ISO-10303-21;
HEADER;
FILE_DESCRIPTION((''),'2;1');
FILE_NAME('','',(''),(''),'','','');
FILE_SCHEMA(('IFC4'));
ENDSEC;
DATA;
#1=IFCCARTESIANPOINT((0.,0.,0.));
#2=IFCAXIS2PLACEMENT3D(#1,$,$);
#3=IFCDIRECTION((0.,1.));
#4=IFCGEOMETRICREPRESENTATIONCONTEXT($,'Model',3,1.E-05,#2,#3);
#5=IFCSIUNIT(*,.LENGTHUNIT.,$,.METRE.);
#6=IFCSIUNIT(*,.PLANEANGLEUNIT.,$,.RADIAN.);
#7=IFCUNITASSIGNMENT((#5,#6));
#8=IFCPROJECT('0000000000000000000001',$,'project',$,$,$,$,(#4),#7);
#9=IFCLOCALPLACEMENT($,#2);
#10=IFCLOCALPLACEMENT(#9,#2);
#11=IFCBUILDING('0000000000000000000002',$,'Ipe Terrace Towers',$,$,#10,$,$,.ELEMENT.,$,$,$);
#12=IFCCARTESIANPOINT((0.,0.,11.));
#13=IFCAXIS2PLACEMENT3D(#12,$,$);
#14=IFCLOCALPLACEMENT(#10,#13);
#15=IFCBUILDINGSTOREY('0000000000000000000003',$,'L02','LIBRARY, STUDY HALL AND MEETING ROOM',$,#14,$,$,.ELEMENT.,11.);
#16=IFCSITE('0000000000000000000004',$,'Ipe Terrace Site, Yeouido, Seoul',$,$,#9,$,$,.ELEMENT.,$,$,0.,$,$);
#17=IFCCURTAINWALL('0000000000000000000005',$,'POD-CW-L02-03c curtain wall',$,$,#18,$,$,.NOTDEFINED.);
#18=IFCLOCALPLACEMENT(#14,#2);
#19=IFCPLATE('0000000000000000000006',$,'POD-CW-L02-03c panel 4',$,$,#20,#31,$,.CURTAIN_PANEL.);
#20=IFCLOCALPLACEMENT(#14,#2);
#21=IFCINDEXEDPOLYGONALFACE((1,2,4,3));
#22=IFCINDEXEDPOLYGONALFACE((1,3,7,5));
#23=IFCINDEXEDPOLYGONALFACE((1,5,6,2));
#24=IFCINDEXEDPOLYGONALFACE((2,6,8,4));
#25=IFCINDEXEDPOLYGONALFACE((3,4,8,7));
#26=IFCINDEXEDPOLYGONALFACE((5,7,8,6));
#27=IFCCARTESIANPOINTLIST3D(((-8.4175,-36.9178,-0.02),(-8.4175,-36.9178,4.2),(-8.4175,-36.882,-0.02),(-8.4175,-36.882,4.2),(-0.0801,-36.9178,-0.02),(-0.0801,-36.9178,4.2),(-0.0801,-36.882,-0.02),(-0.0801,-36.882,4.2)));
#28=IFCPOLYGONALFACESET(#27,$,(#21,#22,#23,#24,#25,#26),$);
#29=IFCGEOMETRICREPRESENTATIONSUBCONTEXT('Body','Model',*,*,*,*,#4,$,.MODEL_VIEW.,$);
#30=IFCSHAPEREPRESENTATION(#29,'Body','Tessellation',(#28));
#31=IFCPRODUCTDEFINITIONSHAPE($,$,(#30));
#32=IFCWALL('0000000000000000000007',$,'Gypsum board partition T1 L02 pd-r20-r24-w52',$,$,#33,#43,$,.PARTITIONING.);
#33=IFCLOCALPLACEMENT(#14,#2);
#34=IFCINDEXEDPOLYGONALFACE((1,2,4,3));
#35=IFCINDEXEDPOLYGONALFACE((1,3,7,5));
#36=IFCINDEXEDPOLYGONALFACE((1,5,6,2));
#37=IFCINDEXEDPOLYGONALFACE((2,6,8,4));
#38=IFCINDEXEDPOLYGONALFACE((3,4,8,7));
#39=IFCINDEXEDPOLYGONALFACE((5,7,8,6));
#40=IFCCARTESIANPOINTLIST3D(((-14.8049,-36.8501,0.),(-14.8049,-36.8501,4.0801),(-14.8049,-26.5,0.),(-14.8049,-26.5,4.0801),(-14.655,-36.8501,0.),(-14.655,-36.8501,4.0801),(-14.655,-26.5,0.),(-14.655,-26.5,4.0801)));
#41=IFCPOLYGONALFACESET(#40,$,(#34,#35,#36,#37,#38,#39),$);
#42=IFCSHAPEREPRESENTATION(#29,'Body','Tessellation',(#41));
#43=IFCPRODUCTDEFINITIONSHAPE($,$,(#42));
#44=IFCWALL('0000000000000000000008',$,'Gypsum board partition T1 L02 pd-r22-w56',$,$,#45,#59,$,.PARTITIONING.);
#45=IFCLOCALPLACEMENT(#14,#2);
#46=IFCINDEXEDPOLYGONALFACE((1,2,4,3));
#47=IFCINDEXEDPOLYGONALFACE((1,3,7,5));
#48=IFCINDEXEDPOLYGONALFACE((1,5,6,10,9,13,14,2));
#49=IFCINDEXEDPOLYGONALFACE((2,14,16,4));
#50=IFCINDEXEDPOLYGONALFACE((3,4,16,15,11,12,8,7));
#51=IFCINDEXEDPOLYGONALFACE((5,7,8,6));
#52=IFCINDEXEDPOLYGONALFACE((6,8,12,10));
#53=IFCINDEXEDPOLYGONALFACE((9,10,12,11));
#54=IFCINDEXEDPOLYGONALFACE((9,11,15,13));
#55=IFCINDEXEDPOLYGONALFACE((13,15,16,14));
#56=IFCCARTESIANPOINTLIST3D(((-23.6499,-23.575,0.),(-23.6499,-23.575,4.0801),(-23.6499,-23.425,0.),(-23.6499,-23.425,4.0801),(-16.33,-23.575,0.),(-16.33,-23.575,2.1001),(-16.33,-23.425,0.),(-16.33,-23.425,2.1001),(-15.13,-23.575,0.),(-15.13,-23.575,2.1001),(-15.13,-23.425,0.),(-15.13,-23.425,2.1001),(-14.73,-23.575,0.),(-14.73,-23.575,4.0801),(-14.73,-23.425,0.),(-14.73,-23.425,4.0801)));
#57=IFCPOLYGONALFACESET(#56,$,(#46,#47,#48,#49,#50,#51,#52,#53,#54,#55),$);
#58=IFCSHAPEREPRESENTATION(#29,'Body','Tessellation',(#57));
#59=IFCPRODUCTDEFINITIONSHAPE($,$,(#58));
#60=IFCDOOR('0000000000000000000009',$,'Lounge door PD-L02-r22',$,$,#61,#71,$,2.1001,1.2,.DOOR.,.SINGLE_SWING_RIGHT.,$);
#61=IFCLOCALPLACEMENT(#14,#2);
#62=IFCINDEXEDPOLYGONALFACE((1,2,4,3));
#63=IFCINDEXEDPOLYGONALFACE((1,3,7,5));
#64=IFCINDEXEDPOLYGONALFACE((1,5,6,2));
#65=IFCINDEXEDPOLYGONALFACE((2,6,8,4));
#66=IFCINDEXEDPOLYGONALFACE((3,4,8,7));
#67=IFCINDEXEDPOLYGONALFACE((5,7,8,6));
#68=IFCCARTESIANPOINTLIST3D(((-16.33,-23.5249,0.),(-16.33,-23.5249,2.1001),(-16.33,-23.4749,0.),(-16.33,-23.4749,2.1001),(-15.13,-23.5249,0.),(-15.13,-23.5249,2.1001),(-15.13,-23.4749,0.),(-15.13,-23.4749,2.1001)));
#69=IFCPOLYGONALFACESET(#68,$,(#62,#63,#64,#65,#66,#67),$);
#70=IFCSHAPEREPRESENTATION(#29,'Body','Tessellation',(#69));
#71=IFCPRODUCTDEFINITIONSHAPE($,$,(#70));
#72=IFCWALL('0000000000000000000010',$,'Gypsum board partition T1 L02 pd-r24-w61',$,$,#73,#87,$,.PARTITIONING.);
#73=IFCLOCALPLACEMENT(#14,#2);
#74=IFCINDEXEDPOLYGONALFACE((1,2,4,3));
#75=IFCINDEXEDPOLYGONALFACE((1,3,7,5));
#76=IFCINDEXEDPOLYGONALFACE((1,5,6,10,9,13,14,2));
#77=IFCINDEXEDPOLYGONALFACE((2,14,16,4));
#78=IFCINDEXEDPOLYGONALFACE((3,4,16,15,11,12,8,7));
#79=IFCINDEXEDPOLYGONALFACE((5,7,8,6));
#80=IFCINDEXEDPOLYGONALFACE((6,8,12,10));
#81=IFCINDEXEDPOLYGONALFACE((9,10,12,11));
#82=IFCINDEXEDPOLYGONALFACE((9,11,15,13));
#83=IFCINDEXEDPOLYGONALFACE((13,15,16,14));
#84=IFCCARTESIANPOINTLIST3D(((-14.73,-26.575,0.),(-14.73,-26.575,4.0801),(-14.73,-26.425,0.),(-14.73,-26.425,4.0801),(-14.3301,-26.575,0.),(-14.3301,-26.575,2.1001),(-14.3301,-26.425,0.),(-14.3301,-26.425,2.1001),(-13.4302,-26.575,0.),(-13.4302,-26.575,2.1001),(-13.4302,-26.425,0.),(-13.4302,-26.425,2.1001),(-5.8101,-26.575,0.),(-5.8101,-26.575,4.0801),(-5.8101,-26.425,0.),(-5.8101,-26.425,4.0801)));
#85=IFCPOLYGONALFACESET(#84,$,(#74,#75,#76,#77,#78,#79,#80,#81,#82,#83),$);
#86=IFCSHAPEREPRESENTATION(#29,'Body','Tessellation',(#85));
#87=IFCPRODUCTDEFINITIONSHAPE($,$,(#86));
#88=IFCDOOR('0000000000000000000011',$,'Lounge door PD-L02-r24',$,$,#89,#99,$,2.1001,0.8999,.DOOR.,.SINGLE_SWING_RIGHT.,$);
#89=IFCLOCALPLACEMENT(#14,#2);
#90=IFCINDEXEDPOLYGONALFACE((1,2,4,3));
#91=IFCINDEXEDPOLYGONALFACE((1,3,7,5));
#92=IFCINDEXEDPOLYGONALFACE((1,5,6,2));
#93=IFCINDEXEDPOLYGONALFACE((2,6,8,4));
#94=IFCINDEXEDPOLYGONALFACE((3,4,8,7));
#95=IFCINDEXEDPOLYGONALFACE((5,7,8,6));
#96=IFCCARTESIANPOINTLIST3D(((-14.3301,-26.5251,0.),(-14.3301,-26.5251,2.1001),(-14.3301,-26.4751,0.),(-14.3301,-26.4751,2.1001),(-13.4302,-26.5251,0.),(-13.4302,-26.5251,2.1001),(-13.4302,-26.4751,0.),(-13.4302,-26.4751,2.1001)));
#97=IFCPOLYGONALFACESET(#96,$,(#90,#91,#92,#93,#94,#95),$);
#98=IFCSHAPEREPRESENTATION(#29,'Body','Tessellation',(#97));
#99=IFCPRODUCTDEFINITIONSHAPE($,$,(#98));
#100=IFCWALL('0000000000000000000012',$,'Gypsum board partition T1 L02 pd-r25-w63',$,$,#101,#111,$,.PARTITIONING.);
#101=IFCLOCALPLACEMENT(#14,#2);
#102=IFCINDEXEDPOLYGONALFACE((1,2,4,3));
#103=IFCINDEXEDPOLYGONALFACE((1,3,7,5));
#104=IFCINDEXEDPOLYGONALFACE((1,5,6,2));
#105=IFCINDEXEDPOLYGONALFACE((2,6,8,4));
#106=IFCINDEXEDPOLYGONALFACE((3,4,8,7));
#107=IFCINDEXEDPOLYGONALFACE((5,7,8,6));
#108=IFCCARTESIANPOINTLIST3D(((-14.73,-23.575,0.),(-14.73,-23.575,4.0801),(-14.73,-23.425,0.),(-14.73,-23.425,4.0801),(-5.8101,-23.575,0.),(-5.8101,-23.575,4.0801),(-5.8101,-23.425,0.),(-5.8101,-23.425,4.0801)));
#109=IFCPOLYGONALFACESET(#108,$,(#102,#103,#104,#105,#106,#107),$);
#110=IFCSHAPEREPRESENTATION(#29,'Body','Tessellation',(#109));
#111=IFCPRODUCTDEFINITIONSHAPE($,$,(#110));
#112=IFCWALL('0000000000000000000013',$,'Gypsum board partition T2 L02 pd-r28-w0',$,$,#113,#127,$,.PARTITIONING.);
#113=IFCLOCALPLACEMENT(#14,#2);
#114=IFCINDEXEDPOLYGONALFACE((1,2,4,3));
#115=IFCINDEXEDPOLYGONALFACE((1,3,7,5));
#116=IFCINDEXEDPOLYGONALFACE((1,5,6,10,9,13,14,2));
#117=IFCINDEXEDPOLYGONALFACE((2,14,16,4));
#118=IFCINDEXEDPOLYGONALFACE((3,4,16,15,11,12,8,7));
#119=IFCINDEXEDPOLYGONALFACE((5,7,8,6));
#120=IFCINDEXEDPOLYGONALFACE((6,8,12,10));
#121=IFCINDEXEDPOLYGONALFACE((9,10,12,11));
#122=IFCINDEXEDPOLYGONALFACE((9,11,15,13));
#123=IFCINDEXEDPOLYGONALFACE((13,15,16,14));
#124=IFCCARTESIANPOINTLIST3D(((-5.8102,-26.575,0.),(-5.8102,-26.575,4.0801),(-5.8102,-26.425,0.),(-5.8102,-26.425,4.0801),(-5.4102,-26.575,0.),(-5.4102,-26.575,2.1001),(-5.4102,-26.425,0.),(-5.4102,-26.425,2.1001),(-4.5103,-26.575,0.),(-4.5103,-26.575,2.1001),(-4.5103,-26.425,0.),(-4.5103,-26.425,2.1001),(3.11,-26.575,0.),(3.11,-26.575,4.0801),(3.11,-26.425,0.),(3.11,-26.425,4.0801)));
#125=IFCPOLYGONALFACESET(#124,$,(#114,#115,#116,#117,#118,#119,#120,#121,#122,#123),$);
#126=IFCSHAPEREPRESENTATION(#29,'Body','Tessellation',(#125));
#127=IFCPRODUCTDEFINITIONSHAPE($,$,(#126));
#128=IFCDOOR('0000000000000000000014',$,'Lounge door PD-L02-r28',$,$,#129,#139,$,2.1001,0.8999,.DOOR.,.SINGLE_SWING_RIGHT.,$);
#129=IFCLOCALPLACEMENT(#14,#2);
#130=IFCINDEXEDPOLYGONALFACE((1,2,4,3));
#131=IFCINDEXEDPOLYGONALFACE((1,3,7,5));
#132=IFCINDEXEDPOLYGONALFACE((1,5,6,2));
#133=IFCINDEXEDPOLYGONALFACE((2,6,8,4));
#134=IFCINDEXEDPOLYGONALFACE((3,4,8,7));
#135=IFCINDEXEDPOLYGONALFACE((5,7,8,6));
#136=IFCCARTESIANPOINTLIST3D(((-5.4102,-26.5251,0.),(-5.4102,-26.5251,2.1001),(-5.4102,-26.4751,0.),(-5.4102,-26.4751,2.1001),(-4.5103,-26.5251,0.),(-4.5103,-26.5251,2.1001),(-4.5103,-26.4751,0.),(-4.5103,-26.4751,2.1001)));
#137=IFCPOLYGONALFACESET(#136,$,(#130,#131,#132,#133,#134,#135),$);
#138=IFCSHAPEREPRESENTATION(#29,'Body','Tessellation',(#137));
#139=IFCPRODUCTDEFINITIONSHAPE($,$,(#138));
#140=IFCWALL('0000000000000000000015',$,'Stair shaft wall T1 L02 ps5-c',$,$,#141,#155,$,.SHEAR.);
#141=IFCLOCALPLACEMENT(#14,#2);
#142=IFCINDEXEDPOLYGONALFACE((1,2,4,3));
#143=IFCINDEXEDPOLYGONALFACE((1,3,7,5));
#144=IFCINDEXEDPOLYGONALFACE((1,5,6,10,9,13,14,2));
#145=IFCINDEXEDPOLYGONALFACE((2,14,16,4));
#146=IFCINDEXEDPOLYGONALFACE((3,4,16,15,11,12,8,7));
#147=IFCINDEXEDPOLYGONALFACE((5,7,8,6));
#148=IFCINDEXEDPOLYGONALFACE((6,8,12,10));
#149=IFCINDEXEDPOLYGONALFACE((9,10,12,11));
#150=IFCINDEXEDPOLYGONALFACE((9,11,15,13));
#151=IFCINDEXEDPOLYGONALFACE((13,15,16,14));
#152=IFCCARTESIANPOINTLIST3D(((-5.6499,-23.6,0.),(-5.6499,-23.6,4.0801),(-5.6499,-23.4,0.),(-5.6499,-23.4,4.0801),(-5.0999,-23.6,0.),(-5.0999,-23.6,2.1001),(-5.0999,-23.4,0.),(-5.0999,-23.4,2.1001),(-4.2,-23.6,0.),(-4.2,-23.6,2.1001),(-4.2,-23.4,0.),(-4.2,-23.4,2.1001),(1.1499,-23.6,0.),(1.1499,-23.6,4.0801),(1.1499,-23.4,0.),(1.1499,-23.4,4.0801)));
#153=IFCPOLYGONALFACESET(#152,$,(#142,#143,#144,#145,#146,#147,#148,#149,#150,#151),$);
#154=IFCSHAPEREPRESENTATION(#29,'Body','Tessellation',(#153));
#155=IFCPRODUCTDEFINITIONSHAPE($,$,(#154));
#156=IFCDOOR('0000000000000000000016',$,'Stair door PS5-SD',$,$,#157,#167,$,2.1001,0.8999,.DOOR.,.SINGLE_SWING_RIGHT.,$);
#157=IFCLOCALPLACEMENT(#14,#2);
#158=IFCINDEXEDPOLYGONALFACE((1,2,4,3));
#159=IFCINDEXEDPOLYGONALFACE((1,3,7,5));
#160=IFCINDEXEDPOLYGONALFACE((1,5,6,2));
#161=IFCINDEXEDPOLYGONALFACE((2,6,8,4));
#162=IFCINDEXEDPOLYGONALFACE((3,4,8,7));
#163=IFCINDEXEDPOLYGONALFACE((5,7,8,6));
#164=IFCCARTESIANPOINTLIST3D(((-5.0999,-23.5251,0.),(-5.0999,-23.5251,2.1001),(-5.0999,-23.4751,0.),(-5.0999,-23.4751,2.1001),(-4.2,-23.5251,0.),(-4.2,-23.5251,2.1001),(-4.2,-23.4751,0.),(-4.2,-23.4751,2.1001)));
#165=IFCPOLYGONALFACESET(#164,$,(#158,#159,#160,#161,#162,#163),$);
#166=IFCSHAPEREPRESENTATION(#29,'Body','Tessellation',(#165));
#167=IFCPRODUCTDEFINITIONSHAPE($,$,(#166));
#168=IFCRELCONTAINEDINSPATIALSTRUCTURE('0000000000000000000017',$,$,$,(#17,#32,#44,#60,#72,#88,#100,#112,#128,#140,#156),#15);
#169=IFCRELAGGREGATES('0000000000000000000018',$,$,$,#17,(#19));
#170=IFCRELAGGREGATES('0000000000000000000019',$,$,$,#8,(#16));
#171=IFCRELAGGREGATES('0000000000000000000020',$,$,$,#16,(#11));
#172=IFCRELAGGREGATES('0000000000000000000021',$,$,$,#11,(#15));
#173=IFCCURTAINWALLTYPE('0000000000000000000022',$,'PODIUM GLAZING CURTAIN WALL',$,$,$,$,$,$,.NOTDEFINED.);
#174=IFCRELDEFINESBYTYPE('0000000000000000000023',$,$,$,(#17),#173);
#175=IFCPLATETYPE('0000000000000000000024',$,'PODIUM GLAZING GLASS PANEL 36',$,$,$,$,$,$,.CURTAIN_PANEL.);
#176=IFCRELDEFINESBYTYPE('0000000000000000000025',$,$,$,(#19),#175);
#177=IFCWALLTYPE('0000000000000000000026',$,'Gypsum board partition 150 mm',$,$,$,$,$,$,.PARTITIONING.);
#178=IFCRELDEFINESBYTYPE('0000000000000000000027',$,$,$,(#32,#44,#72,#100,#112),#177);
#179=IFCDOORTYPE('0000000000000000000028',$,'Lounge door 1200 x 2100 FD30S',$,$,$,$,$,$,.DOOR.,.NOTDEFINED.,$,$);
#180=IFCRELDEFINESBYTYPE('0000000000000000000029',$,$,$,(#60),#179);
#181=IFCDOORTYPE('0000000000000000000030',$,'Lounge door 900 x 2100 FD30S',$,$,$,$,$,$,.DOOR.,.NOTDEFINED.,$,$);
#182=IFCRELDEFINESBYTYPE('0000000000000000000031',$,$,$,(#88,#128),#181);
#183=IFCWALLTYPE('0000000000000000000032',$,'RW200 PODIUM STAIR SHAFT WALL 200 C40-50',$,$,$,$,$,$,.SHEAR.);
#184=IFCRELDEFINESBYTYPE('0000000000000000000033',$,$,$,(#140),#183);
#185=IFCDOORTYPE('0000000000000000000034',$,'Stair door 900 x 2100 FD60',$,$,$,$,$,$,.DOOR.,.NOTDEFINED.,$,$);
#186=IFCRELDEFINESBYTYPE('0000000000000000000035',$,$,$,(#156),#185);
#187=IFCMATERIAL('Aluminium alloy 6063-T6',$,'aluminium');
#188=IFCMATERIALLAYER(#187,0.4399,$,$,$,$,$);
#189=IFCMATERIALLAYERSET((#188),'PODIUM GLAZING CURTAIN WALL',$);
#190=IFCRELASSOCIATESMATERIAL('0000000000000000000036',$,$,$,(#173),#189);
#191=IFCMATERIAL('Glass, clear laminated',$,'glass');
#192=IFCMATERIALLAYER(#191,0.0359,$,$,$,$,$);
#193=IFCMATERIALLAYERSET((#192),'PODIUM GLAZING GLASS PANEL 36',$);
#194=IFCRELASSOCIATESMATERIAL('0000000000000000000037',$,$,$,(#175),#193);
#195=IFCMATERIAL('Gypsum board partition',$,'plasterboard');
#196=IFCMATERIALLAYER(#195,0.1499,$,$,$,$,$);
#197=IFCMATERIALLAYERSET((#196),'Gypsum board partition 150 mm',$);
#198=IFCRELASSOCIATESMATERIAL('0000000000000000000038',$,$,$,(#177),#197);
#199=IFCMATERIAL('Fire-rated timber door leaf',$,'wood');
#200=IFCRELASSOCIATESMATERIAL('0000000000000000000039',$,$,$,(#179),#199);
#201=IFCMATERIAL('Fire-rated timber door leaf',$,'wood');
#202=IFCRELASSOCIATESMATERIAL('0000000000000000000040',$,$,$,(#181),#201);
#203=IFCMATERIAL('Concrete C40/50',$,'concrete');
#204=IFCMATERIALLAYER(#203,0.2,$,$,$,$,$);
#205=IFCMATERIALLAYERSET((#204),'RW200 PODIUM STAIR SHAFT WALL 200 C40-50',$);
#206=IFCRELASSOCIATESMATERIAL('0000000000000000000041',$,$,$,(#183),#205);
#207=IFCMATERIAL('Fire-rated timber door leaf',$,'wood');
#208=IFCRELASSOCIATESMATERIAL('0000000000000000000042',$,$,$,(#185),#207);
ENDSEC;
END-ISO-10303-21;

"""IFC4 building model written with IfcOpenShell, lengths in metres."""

from ifc_helpers import new_model, si_unit, direction, frame, frame_2d, origin, origin_2d, place, context, subcontext, project, spatial, rectangle, extrude, material, layer, layer_set, type_object, element, fill, aggregate, save


model = new_model("IFC4")

# Units and contexts
model_context = context("Model", 3, precision=1e-05, world=origin(), true_north=direction((0.0, 1.0)))
body_context = subcontext(model_context, "Body", "Model", "MODEL_VIEW")
ifc_project = project(units=[si_unit("LENGTHUNIT", "METRE"), si_unit("PLANEANGLEUNIT", "RADIAN")], contexts=[model_context])

# Site, building, storey
site_placement = place(None, origin())
site = spatial("IfcSite", under=ifc_project, at=site_placement, Name="Ipe Terrace Site, Yeouido, Seoul", CompositionType="ELEMENT", RefElevation=0.0)
building_placement = place(site_placement, origin())
building = spatial("IfcBuilding", under=site, at=building_placement, Name="Ipe Terrace Towers", CompositionType="ELEMENT")
storey_placement = place(building_placement, frame((0.0, 0.0, 11.0)))
storey = spatial("IfcBuildingStorey", under=building, at=storey_placement, Name="L02", Description="LIBRARY, STUDY HALL AND MEETING ROOM", CompositionType="ELEMENT", Elevation=11.0)

# Curtain wall, plate
ifc_material_1 = material(Name="Aluminium alloy 6063-T6", Category="aluminium")
ifc_layer_1 = layer(ifc_material_1, 0.4399)
ifc_layer_set_1 = layer_set([ifc_layer_1], Name="PODIUM GLAZING CURTAIN WALL")
curtain_wall_type = type_object("IfcCurtainWallType", Name="PODIUM GLAZING CURTAIN WALL", PredefinedType="NOTDEFINED", material=ifc_layer_set_1)
curtain_wall_placement = place(storey_placement, origin())
curtain_wall = element("IfcCurtainWall", 1, at=curtain_wall_placement, inside=storey, type_object=curtain_wall_type, Name="POD-CW-L02-03c curtain wall", PredefinedType="NOTDEFINED")
ifc_material_2 = material(Name="Glass, clear laminated", Category="glass")
ifc_layer_2 = layer(ifc_material_2, 0.0359)
ifc_layer_set_2 = layer_set([ifc_layer_2], Name="PODIUM GLAZING GLASS PANEL 36")
plate_type = type_object("IfcPlateType", Name="PODIUM GLAZING GLASS PANEL 36", PredefinedType="CURTAIN_PANEL", material=ifc_layer_set_2)
plate_1_placement = place(storey_placement, frame((-4.2488, -36.8999, -0.02), z_axis=(0.0, 0.0, 1.0), x_axis=(1.0, 0.0, 0.0)))
plate_1 = element("IfcPlate", 2, at=plate_1_placement, type_object=plate_type, Name="POD-CW-L02-03c panel 4", PredefinedType="CURTAIN_PANEL", context=body_context, shape_type="SweptSolid", body=[
    extrude(rectangle(XDim=8.3374, YDim=0.0359, at=origin_2d()), origin(), (0.0, 0.0, 1.0), 4.22),
])
aggregate(curtain_wall, [plate_1])

# Wall
ifc_material_3 = material(Name="Gypsum board partition", Category="plasterboard")
ifc_layer_3 = layer(ifc_material_3, 0.1499)
ifc_layer_set_3 = layer_set([ifc_layer_3], Name="Gypsum board partition 150 mm")
wall_type_1 = type_object("IfcWallType", Name="Gypsum board partition 150 mm", PredefinedType="PARTITIONING", material=ifc_layer_set_3)
wall_1_placement = place(storey_placement, frame((-14.73, -26.5, 0.0), z_axis=(0.0, 0.0, 1.0), x_axis=(0.0, -1.0, 0.0)))
element("IfcWall", 3, at=wall_1_placement, inside=storey, type_object=wall_type_1, Name="Gypsum board partition T1 L02 pd-r20-r24-w52", PredefinedType="PARTITIONING", context=body_context, shape_type="SweptSolid", body=[
    extrude(rectangle(XDim=10.3501, YDim=0.1499, at=frame_2d((5.175, 0.0))), origin(), (0.0, 0.0, 1.0), 4.0801),
])

# Walls, openings, doors
wall_2_placement = place(storey_placement, frame((-14.73, -23.5, 0.0), z_axis=(0.0, 0.0, 1.0), x_axis=(-1.0, 0.0, 0.0)))
wall_2 = element("IfcWall", 4, at=wall_2_placement, inside=storey, type_object=wall_type_1, Name="Gypsum board partition T1 L02 pd-r22-w56", PredefinedType="PARTITIONING", context=body_context, shape_type="SweptSolid", body=[
    extrude(rectangle(XDim=8.9199, YDim=0.1499, at=frame_2d((4.46, 0.0))), origin(), (0.0, 0.0, 1.0), 4.0801),
])
opening_1_placement = place(wall_2_placement, frame((0.3999, 0.0, 0.0)))
opening_1 = element("IfcOpeningElement", 5, at=opening_1_placement, cuts=wall_2, PredefinedType="OPENING", context=body_context, shape_type="SweptSolid", body=[
    extrude(rectangle(XDim=1.2, YDim=2.1001, at=frame_2d((0.6001, 1.05))), frame((0.0, 0.085, 0.0), z_axis=(0.0, -1.0, 0.0), x_axis=(1.0, 0.0, 0.0)), (0.0, 0.0, 1.0), 0.1699),
])
ifc_material_4 = material(Name="Fire-rated timber door leaf", Category="wood")
door_type_1 = type_object("IfcDoorType", Name="Lounge door 1200 x 2100 FD30S", OperationType="NOTDEFINED", PredefinedType="DOOR", material=ifc_material_4)
door_1_placement = place(opening_1_placement, origin())
door_1 = element("IfcDoor", 6, at=door_1_placement, inside=storey, type_object=door_type_1, Name="Lounge door PD-L02-r22", OperationType="SINGLE_SWING_RIGHT", OverallHeight=2.1001, OverallWidth=1.2, PredefinedType="DOOR", context=body_context, shape_type="SweptSolid", body=[
    extrude(rectangle(XDim=1.2, YDim=2.1001, at=frame_2d((0.6001, 1.05))), frame((0.0, 0.0249, 0.0), z_axis=(0.0, -1.0, 0.0), x_axis=(1.0, 0.0, 0.0)), (0.0, 0.0, 1.0), 0.05),
])
fill(opening_1, door_1)
wall_3_placement = place(storey_placement, frame((-14.73, -26.5, 0.0), z_axis=(0.0, 0.0, 1.0), x_axis=(1.0, 0.0, 0.0)))
wall_3 = element("IfcWall", 7, at=wall_3_placement, inside=storey, type_object=wall_type_1, Name="Gypsum board partition T1 L02 pd-r24-w61", PredefinedType="PARTITIONING", context=body_context, shape_type="SweptSolid", body=[
    extrude(rectangle(XDim=8.9199, YDim=0.1499, at=frame_2d((4.46, 0.0))), origin(), (0.0, 0.0, 1.0), 4.0801),
])
opening_2_placement = place(wall_3_placement, frame((0.3999, 0.0, 0.0)))
opening_2 = element("IfcOpeningElement", 8, at=opening_2_placement, cuts=wall_3, PredefinedType="OPENING", context=body_context, shape_type="SweptSolid", body=[
    extrude(rectangle(XDim=0.8999, YDim=2.1001, at=frame_2d((0.45, 1.05))), frame((0.0, 0.085, 0.0), z_axis=(0.0, -1.0, 0.0), x_axis=(1.0, 0.0, 0.0)), (0.0, 0.0, 1.0), 0.1699),
])
ifc_material_5 = material(Name="Fire-rated timber door leaf", Category="wood")
door_type_2 = type_object("IfcDoorType", Name="Lounge door 900 x 2100 FD30S", OperationType="NOTDEFINED", PredefinedType="DOOR", material=ifc_material_5)
door_2_placement = place(opening_2_placement, origin())
door_2 = element("IfcDoor", 9, at=door_2_placement, inside=storey, type_object=door_type_2, Name="Lounge door PD-L02-r24", OperationType="SINGLE_SWING_RIGHT", OverallHeight=2.1001, OverallWidth=0.8999, PredefinedType="DOOR", context=body_context, shape_type="SweptSolid", body=[
    extrude(rectangle(XDim=0.8999, YDim=2.1001, at=frame_2d((0.45, 1.05))), frame((0.0, 0.0249, 0.0), z_axis=(0.0, -1.0, 0.0), x_axis=(1.0, 0.0, 0.0)), (0.0, 0.0, 1.0), 0.05),
])
fill(opening_2, door_2)

# Wall
wall_4_placement = place(storey_placement, frame((-5.8101, -23.5, 0.0), z_axis=(0.0, 0.0, 1.0), x_axis=(-1.0, 0.0, 0.0)))
element("IfcWall", 10, at=wall_4_placement, inside=storey, type_object=wall_type_1, Name="Gypsum board partition T1 L02 pd-r25-w63", PredefinedType="PARTITIONING", context=body_context, shape_type="SweptSolid", body=[
    extrude(rectangle(XDim=8.9199, YDim=0.1499, at=frame_2d((4.46, 0.0))), origin(), (0.0, 0.0, 1.0), 4.0801),
])

# Walls, openings, doors
wall_5_placement = place(storey_placement, frame((-5.8101, -26.5, 0.0), z_axis=(0.0, 0.0, 1.0), x_axis=(1.0, 0.0, 0.0)))
wall_5 = element("IfcWall", 11, at=wall_5_placement, inside=storey, type_object=wall_type_1, Name="Gypsum board partition T2 L02 pd-r28-w0", PredefinedType="PARTITIONING", context=body_context, shape_type="SweptSolid", body=[
    extrude(rectangle(XDim=8.9202, YDim=0.1499, at=frame_2d((4.46, 0.0))), origin(), (0.0, 0.0, 1.0), 4.0801),
])
opening_3_placement = place(wall_5_placement, frame((0.3999, 0.0, 0.0)))
opening_3 = element("IfcOpeningElement", 12, at=opening_3_placement, cuts=wall_5, PredefinedType="OPENING", context=body_context, shape_type="SweptSolid", body=[
    extrude(rectangle(XDim=0.8999, YDim=2.1001, at=frame_2d((0.45, 1.05))), frame((0.0, 0.085, 0.0), z_axis=(0.0, -1.0, 0.0), x_axis=(1.0, 0.0, 0.0)), (0.0, 0.0, 1.0), 0.1699),
])
door_3_placement = place(opening_3_placement, origin())
door_3 = element("IfcDoor", 13, at=door_3_placement, inside=storey, type_object=door_type_2, Name="Lounge door PD-L02-r28", OperationType="SINGLE_SWING_RIGHT", OverallHeight=2.1001, OverallWidth=0.8999, PredefinedType="DOOR", context=body_context, shape_type="SweptSolid", body=[
    extrude(rectangle(XDim=0.8999, YDim=2.1001, at=frame_2d((0.45, 1.05))), frame((0.0, 0.0249, 0.0), z_axis=(0.0, -1.0, 0.0), x_axis=(1.0, 0.0, 0.0)), (0.0, 0.0, 1.0), 0.05),
])
fill(opening_3, door_3)
ifc_material_6 = material(Name="Concrete C40/50", Category="concrete")
ifc_layer_4 = layer(ifc_material_6, 0.2)
ifc_layer_set_4 = layer_set([ifc_layer_4], Name="RW200 PODIUM STAIR SHAFT WALL 200 C40-50")
wall_type_2 = type_object("IfcWallType", Name="RW200 PODIUM STAIR SHAFT WALL 200 C40-50", PredefinedType="SHEAR", material=ifc_layer_set_4)
wall_6_placement = place(storey_placement, frame((-5.6499, -23.5, 0.0), z_axis=(0.0, 0.0, 1.0), x_axis=(1.0, 0.0, 0.0)))
wall_6 = element("IfcWall", 14, at=wall_6_placement, inside=storey, type_object=wall_type_2, Name="Stair shaft wall T1 L02 ps5-c", PredefinedType="SHEAR", context=body_context, shape_type="SweptSolid", body=[
    extrude(rectangle(XDim=6.7998, YDim=0.2, at=frame_2d((3.3999, 0.0))), origin(), (0.0, 0.0, 1.0), 4.0801),
])
opening_4_placement = place(wall_6_placement, frame((0.55, 0.0, 0.0)))
opening_4 = element("IfcOpeningElement", 15, at=opening_4_placement, cuts=wall_6, PredefinedType="OPENING", context=body_context, shape_type="SweptSolid", body=[
    extrude(rectangle(XDim=0.8999, YDim=2.1001, at=frame_2d((0.45, 1.05))), frame((0.0, 0.1099, 0.0), z_axis=(0.0, -1.0, 0.0), x_axis=(1.0, 0.0, 0.0)), (0.0, 0.0, 1.0), 0.22),
])
ifc_material_7 = material(Name="Fire-rated timber door leaf", Category="wood")
door_type_3 = type_object("IfcDoorType", Name="Stair door 900 x 2100 FD60", OperationType="NOTDEFINED", PredefinedType="DOOR", material=ifc_material_7)
door_4_placement = place(opening_4_placement, origin())
door_4 = element("IfcDoor", 16, at=door_4_placement, inside=storey, type_object=door_type_3, Name="Stair door PS5-SD", OperationType="SINGLE_SWING_RIGHT", OverallHeight=2.1001, OverallWidth=0.8999, PredefinedType="DOOR", context=body_context, shape_type="SweptSolid", body=[
    extrude(rectangle(XDim=0.8999, YDim=2.1001, at=frame_2d((0.45, 1.05))), frame((0.0, 0.0249, 0.0), z_axis=(0.0, -1.0, 0.0), x_axis=(1.0, 0.0, 0.0)), (0.0, 0.0, 1.0), 0.05),
])
fill(opening_4, door_4)

save(model, "model.ifc")
